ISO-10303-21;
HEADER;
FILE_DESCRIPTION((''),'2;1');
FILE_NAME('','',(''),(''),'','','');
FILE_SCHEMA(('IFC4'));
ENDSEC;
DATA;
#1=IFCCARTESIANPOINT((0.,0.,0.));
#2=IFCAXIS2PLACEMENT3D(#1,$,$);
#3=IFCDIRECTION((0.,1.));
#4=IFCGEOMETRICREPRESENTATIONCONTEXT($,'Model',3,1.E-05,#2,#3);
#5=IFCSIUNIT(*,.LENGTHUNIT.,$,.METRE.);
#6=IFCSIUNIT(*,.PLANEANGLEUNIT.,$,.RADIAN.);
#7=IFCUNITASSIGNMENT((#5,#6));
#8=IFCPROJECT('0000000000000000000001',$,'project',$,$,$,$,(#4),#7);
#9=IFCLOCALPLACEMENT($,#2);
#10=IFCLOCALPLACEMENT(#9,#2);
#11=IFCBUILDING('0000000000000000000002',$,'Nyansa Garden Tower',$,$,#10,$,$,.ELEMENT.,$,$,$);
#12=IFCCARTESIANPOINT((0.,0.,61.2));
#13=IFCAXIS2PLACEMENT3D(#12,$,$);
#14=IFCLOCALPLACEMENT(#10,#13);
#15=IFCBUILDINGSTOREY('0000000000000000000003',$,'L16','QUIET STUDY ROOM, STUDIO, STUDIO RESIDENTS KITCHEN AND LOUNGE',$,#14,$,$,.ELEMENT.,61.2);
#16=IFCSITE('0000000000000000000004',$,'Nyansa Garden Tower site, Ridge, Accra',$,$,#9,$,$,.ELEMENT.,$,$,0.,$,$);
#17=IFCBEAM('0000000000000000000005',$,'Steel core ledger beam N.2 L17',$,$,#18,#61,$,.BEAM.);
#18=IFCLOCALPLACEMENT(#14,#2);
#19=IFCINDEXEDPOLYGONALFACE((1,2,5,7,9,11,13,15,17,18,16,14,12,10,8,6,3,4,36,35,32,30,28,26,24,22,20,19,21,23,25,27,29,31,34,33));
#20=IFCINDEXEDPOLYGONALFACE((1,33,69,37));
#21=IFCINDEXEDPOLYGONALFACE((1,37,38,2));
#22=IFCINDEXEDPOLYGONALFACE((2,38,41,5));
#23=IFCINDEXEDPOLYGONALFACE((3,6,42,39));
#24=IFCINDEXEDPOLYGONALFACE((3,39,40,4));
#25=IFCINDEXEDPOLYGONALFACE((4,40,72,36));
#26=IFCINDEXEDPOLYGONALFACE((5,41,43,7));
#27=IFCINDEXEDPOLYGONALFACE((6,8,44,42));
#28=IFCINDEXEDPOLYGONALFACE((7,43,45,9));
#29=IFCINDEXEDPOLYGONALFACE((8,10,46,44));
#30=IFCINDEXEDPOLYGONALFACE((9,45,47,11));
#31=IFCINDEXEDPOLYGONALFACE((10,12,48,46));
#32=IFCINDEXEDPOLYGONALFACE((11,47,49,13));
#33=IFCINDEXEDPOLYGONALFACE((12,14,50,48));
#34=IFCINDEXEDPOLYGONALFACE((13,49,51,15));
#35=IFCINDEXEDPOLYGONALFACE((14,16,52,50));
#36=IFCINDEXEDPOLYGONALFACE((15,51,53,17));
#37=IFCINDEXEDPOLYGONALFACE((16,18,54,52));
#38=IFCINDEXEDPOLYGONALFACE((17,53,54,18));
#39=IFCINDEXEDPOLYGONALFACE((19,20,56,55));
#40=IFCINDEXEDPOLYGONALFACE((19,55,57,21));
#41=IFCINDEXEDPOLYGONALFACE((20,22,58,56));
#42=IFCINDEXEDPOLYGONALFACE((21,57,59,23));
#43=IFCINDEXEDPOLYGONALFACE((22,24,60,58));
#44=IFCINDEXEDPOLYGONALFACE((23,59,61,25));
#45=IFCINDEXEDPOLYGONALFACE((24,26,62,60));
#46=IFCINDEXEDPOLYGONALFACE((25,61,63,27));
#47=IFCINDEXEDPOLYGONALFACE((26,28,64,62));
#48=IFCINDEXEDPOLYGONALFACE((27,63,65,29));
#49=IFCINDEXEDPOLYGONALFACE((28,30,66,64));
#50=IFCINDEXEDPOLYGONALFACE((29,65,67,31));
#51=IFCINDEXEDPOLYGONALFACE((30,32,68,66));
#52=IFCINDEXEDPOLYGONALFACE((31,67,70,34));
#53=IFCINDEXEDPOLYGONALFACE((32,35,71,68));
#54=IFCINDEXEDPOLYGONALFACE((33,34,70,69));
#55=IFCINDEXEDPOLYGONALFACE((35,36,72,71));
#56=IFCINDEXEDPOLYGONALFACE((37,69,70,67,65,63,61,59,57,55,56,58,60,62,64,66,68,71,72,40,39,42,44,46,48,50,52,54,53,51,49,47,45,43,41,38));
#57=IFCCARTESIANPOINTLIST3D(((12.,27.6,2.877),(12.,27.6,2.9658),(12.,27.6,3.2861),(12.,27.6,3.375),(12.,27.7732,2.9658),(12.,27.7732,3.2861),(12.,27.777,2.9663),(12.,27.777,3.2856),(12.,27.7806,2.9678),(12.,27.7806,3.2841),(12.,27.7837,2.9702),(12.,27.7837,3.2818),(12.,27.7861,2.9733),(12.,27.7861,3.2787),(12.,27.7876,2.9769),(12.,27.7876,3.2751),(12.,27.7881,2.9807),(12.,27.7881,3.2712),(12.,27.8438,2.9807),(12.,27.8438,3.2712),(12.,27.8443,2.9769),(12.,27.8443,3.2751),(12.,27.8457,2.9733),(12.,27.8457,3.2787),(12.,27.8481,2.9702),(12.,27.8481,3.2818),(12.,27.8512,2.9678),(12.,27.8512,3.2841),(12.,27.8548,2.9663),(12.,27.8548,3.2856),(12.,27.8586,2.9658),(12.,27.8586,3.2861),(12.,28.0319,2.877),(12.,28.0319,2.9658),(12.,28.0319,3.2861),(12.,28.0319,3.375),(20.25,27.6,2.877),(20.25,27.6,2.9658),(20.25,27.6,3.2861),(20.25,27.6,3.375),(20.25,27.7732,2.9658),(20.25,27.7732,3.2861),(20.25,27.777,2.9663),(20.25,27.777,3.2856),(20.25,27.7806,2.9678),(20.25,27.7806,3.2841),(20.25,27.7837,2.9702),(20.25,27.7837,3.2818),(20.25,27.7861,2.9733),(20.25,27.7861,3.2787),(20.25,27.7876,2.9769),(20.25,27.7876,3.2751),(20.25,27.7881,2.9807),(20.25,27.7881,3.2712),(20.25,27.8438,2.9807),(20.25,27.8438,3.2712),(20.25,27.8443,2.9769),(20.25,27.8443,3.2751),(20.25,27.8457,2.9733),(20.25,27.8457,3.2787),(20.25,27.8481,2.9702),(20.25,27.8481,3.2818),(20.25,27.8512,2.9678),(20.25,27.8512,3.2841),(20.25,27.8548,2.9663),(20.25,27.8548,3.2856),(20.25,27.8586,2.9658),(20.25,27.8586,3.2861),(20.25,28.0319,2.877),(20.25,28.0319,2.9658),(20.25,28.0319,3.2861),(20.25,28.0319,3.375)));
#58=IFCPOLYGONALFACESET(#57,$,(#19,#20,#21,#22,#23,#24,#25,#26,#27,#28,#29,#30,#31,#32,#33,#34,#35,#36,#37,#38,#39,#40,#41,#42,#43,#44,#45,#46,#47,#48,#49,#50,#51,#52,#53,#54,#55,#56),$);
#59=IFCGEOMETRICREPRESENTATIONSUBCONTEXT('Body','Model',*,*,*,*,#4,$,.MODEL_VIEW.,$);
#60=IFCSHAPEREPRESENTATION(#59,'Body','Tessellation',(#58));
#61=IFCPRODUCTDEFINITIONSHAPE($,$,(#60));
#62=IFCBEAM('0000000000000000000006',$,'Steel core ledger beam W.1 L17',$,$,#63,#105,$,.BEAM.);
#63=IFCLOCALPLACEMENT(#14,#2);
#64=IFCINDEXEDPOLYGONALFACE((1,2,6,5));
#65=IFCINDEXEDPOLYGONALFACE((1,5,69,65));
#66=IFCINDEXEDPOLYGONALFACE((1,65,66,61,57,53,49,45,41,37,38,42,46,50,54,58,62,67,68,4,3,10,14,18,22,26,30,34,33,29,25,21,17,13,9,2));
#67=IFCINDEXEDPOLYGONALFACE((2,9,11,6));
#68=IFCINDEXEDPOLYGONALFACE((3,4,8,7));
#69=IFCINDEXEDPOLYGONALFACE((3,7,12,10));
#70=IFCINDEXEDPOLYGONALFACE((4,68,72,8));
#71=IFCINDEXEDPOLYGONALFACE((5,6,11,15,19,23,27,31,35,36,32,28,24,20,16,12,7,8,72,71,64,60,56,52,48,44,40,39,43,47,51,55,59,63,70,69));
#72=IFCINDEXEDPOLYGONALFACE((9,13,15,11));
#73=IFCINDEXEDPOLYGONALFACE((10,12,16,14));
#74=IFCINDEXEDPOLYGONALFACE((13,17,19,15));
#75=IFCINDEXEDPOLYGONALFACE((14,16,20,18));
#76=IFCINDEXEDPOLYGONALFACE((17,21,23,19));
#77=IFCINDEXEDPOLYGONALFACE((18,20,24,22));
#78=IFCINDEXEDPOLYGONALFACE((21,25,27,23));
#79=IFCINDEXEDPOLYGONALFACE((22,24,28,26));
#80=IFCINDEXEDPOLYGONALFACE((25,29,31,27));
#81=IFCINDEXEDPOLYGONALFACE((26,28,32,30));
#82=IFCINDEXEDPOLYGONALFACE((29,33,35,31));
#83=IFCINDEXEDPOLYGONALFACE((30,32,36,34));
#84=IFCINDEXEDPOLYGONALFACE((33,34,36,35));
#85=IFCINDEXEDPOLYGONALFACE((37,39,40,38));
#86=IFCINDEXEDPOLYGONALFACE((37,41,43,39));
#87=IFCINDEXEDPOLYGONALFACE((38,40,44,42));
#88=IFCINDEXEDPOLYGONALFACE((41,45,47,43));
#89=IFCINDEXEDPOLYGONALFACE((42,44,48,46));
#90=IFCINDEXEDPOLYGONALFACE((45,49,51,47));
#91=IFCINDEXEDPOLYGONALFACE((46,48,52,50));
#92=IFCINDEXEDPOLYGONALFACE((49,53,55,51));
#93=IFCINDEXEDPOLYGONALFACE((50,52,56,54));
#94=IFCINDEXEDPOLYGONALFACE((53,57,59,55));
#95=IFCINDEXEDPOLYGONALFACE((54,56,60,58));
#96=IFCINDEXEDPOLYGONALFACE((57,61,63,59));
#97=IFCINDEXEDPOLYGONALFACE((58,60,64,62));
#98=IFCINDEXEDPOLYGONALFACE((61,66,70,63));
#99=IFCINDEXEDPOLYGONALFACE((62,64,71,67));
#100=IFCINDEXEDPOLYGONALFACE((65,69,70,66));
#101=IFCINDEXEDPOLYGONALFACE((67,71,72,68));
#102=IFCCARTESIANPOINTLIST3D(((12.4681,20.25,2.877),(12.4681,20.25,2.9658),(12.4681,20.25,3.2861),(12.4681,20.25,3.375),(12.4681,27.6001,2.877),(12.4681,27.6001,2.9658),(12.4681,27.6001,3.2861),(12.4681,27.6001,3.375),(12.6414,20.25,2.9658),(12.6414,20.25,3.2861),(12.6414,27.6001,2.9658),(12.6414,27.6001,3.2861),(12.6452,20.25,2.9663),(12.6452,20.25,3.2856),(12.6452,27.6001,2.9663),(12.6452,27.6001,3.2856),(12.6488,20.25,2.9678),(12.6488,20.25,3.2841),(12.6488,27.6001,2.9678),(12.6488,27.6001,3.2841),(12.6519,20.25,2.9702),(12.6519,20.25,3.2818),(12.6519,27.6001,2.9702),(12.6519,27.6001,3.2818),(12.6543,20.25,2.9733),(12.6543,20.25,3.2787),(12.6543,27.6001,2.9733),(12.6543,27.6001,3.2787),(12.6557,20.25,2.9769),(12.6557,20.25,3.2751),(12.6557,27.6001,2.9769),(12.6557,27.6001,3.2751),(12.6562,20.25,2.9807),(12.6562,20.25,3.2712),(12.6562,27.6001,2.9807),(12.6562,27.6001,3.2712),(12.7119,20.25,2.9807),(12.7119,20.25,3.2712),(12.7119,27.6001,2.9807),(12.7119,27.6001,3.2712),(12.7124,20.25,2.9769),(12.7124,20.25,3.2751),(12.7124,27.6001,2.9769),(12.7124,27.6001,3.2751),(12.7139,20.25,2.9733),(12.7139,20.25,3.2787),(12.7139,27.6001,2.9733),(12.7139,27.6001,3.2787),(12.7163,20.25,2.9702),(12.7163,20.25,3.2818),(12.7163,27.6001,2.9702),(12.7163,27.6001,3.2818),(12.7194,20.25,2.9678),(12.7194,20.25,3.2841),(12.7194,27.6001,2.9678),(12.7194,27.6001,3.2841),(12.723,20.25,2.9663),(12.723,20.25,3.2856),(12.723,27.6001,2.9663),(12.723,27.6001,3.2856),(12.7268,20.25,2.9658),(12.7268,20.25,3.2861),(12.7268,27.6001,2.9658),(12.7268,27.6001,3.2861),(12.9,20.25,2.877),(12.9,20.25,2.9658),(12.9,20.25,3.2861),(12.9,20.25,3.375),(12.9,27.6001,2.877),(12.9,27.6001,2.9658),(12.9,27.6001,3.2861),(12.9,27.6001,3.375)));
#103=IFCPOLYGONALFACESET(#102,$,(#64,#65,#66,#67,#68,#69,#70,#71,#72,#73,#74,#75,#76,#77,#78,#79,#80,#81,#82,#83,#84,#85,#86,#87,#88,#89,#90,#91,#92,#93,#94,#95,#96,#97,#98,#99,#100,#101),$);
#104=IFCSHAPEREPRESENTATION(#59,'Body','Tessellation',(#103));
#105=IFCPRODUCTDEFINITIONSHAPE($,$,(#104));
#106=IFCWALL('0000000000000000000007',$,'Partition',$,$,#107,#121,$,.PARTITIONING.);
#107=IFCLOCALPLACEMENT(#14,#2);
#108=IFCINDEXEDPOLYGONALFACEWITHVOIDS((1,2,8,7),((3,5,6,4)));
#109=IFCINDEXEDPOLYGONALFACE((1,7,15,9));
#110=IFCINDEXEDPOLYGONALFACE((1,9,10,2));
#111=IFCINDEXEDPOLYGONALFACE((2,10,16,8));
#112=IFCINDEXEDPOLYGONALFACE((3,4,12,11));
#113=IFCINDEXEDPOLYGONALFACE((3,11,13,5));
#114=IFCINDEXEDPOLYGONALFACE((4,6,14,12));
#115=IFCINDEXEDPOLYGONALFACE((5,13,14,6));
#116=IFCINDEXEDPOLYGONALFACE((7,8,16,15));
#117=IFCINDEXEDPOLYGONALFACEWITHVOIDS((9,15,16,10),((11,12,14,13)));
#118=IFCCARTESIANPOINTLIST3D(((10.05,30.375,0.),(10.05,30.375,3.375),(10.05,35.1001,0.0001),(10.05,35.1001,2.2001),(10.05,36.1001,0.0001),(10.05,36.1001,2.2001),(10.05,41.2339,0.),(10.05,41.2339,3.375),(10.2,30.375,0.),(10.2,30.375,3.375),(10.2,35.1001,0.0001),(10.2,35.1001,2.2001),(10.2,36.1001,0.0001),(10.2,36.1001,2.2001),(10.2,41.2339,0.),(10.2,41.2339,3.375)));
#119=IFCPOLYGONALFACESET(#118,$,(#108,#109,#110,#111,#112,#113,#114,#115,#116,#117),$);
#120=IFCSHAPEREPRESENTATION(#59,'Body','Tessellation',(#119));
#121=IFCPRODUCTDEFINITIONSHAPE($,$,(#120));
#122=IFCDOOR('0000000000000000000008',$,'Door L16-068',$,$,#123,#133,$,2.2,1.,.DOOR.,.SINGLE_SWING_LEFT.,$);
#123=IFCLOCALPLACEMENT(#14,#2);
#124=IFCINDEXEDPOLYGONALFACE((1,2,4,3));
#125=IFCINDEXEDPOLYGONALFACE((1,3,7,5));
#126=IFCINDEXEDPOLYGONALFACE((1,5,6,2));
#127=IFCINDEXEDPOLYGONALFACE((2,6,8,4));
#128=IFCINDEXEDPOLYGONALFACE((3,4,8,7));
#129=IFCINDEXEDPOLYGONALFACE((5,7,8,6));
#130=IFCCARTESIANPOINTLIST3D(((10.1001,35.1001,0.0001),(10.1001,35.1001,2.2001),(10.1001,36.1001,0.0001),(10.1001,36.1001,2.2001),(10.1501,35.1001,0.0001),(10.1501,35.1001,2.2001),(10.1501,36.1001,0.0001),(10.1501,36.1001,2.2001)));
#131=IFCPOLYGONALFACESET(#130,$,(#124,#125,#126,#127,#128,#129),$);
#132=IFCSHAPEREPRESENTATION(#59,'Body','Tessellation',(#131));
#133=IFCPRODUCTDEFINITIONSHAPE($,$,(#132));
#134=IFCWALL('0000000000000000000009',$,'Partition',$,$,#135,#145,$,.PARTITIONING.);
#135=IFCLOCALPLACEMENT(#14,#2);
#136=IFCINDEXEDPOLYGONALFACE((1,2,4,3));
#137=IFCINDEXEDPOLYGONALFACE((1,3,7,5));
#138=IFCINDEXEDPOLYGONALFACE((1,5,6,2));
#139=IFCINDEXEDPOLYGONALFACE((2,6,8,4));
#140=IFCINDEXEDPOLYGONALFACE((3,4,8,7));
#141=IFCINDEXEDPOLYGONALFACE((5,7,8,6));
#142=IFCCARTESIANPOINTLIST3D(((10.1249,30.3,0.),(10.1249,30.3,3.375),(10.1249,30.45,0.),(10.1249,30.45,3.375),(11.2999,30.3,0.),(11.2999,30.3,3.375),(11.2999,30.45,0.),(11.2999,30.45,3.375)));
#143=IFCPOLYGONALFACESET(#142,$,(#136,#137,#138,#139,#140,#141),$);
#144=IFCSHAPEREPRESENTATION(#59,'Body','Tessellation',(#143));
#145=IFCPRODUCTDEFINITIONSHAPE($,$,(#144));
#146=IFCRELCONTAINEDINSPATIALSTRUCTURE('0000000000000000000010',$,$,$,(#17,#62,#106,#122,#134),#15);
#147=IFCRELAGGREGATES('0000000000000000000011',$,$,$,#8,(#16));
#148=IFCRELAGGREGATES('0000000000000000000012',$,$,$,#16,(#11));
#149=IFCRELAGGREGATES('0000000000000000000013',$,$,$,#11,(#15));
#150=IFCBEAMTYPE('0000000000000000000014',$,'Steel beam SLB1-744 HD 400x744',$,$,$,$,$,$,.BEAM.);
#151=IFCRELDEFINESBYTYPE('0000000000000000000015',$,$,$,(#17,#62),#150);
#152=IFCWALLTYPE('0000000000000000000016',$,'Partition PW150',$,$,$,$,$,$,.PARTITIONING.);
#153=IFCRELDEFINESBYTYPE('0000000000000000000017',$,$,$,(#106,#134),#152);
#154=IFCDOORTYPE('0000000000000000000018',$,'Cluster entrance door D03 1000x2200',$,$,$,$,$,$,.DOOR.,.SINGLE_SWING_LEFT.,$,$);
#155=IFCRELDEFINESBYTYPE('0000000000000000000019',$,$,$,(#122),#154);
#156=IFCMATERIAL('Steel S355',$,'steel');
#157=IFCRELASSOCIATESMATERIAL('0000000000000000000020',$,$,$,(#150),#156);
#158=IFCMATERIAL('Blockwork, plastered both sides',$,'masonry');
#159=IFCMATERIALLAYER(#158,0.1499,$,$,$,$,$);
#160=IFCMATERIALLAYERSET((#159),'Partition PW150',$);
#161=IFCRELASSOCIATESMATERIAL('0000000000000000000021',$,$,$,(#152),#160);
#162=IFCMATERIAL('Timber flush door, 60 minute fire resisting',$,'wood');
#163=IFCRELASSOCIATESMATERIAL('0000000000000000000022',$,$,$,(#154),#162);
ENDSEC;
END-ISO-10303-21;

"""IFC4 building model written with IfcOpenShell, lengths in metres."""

from ifc_helpers import new_model, si_unit, direction, frame, frame_2d, origin, origin_2d, place, context, subcontext, project, spatial, rectangle, i_section, extrude, material, layer, layer_set, material_profile, profile_set, type_object, element, fill, save


model = new_model("IFC4")

# Units and contexts
model_context = context("Model", 3, precision=1e-05, world=origin(), true_north=direction((0.0, 1.0)))
body_context = subcontext(model_context, "Body", "Model", "MODEL_VIEW")
ifc_project = project(units=[si_unit("LENGTHUNIT", "METRE"), si_unit("PLANEANGLEUNIT", "RADIAN")], contexts=[model_context])

# Site, building, storey
site_placement = place(None, origin())
site = spatial("IfcSite", under=ifc_project, at=site_placement, Name="Nyansa Garden Tower site, Ridge, Accra", CompositionType="ELEMENT", RefElevation=0.0)
building_placement = place(site_placement, origin())
building = spatial("IfcBuilding", under=site, at=building_placement, Name="Nyansa Garden Tower", CompositionType="ELEMENT")
storey_placement = place(building_placement, frame((0.0, 0.0, 61.2)))
storey = spatial("IfcBuildingStorey", under=building, at=storey_placement, Name="L16", Description="QUIET STUDY ROOM, STUDIO, STUDIO RESIDENTS KITCHEN AND LOUNGE", CompositionType="ELEMENT", Elevation=61.2)

# Beams
ifc_material_1 = material(Name="Steel S355", Category="steel")
ifc_material_profile_1 = material_profile(ifc_material_1, i_section(OverallWidth=0.4319, OverallDepth=0.498, WebThickness=0.0557, FlangeThickness=0.0889, FilletRadius=0.0149, at=origin_2d()), Name="HD 400x744")
ifc_profile_set_1 = profile_set([ifc_material_profile_1], Name="Steel S355")
beam_type_1 = type_object("IfcBeamType", Name="Steel beam SLB1-744 HD 400x744", PredefinedType="BEAM", material=ifc_profile_set_1)
beam_1_placement = place(storey_placement, frame((20.25, 27.8159, 3.126), z_axis=(-1.0, 0.0, 0.0), x_axis=(0.0, -1.0, 0.0)))
element("IfcBeam", 1, at=beam_1_placement, inside=storey, type_object=beam_type_1, Name="Steel core ledger beam N.2 L17", PredefinedType="BEAM", context=body_context, shape_type="SweptSolid", body=[
    extrude(i_section(OverallWidth=0.4319, OverallDepth=0.498, WebThickness=0.0557, FlangeThickness=0.0889, FilletRadius=0.0149, at=origin_2d()), origin(), (0.0, 0.0, 1.0), 8.25),
])
beam_2_placement = place(storey_placement, frame((12.6841, 27.6001, 3.126), z_axis=(0.0, -1.0, 0.0), x_axis=(1.0, 0.0, 0.0)))
element("IfcBeam", 2, at=beam_2_placement, inside=storey, type_object=beam_type_1, Name="Steel core ledger beam W.1 L17", PredefinedType="BEAM", context=body_context, shape_type="SweptSolid", body=[
    extrude(i_section(OverallWidth=0.4319, OverallDepth=0.498, WebThickness=0.0557, FlangeThickness=0.0889, FilletRadius=0.0149, at=origin_2d()), origin(), (0.0, 0.0, 1.0), 7.3501),
])

# Wall, opening, door
ifc_material_2 = material(Name="Blockwork, plastered both sides", Category="masonry")
ifc_layer = layer(ifc_material_2, 0.1499)
ifc_layer_set = layer_set([ifc_layer], Name="Partition PW150")
wall_type = type_object("IfcWallType", Name="Partition PW150", PredefinedType="PARTITIONING", material=ifc_layer_set)
wall_1_placement = place(storey_placement, frame((10.125, 30.375, 0.0), z_axis=(0.0, 0.0, 1.0), x_axis=(0.0, 1.0, 0.0)))
wall_1 = element("IfcWall", 3, at=wall_1_placement, inside=storey, type_object=wall_type, Name="Partition", PredefinedType="PARTITIONING", context=body_context, shape_type="SweptSolid", body=[
    extrude(rectangle(XDim=10.8589, YDim=0.1499, at=frame_2d((5.4294, 0.0))), origin(), (0.0, 0.0, 1.0), 3.375),
])
opening_1_placement = place(wall_1_placement, frame((4.7251, 0.0, 0.0)))
opening_1 = element("IfcOpeningElement", 4, at=opening_1_placement, cuts=wall_1, PredefinedType="OPENING", context=body_context, shape_type="SweptSolid", body=[
    extrude(rectangle(XDim=1.0, YDim=2.2, at=frame_2d((0.5, 1.1001))), frame((0.0, 0.085, 0.0), z_axis=(0.0, -1.0, 0.0), x_axis=(1.0, 0.0, 0.0)), (0.0, 0.0, 1.0), 0.1699),
])
ifc_material_3 = material(Name="Timber flush door, 60 minute fire resisting", Category="wood")
door_type_1 = type_object("IfcDoorType", Name="Cluster entrance door D03 1000x2200", OperationType="SINGLE_SWING_LEFT", PredefinedType="DOOR", material=ifc_material_3)
door_1_placement = place(opening_1_placement, origin())
door_1 = element("IfcDoor", 5, at=door_1_placement, inside=storey, type_object=door_type_1, Name="Door L16-068", OperationType="SINGLE_SWING_LEFT", OverallHeight=2.2, OverallWidth=1.0, PredefinedType="DOOR", context=body_context, shape_type="SweptSolid", body=[
    extrude(rectangle(XDim=1.0, YDim=2.2, at=frame_2d((0.5, 1.1001))), frame((0.0, 0.0249, 0.0), z_axis=(0.0, -1.0, 0.0), x_axis=(1.0, 0.0, 0.0)), (0.0, 0.0, 1.0), 0.05),
])
fill(opening_1, door_1)

# Wall
wall_2_placement = place(storey_placement, frame((10.125, 30.375, 0.0), z_axis=(0.0, 0.0, 1.0), x_axis=(1.0, 0.0, 0.0)))
element("IfcWall", 6, at=wall_2_placement, inside=storey, type_object=wall_type, Name="Partition", PredefinedType="PARTITIONING", context=body_context, shape_type="SweptSolid", body=[
    extrude(rectangle(XDim=1.175, YDim=0.1499, at=frame_2d((0.5874, 0.0))), origin(), (0.0, 0.0, 1.0), 3.375),
])

save(model, "model.ifc")
